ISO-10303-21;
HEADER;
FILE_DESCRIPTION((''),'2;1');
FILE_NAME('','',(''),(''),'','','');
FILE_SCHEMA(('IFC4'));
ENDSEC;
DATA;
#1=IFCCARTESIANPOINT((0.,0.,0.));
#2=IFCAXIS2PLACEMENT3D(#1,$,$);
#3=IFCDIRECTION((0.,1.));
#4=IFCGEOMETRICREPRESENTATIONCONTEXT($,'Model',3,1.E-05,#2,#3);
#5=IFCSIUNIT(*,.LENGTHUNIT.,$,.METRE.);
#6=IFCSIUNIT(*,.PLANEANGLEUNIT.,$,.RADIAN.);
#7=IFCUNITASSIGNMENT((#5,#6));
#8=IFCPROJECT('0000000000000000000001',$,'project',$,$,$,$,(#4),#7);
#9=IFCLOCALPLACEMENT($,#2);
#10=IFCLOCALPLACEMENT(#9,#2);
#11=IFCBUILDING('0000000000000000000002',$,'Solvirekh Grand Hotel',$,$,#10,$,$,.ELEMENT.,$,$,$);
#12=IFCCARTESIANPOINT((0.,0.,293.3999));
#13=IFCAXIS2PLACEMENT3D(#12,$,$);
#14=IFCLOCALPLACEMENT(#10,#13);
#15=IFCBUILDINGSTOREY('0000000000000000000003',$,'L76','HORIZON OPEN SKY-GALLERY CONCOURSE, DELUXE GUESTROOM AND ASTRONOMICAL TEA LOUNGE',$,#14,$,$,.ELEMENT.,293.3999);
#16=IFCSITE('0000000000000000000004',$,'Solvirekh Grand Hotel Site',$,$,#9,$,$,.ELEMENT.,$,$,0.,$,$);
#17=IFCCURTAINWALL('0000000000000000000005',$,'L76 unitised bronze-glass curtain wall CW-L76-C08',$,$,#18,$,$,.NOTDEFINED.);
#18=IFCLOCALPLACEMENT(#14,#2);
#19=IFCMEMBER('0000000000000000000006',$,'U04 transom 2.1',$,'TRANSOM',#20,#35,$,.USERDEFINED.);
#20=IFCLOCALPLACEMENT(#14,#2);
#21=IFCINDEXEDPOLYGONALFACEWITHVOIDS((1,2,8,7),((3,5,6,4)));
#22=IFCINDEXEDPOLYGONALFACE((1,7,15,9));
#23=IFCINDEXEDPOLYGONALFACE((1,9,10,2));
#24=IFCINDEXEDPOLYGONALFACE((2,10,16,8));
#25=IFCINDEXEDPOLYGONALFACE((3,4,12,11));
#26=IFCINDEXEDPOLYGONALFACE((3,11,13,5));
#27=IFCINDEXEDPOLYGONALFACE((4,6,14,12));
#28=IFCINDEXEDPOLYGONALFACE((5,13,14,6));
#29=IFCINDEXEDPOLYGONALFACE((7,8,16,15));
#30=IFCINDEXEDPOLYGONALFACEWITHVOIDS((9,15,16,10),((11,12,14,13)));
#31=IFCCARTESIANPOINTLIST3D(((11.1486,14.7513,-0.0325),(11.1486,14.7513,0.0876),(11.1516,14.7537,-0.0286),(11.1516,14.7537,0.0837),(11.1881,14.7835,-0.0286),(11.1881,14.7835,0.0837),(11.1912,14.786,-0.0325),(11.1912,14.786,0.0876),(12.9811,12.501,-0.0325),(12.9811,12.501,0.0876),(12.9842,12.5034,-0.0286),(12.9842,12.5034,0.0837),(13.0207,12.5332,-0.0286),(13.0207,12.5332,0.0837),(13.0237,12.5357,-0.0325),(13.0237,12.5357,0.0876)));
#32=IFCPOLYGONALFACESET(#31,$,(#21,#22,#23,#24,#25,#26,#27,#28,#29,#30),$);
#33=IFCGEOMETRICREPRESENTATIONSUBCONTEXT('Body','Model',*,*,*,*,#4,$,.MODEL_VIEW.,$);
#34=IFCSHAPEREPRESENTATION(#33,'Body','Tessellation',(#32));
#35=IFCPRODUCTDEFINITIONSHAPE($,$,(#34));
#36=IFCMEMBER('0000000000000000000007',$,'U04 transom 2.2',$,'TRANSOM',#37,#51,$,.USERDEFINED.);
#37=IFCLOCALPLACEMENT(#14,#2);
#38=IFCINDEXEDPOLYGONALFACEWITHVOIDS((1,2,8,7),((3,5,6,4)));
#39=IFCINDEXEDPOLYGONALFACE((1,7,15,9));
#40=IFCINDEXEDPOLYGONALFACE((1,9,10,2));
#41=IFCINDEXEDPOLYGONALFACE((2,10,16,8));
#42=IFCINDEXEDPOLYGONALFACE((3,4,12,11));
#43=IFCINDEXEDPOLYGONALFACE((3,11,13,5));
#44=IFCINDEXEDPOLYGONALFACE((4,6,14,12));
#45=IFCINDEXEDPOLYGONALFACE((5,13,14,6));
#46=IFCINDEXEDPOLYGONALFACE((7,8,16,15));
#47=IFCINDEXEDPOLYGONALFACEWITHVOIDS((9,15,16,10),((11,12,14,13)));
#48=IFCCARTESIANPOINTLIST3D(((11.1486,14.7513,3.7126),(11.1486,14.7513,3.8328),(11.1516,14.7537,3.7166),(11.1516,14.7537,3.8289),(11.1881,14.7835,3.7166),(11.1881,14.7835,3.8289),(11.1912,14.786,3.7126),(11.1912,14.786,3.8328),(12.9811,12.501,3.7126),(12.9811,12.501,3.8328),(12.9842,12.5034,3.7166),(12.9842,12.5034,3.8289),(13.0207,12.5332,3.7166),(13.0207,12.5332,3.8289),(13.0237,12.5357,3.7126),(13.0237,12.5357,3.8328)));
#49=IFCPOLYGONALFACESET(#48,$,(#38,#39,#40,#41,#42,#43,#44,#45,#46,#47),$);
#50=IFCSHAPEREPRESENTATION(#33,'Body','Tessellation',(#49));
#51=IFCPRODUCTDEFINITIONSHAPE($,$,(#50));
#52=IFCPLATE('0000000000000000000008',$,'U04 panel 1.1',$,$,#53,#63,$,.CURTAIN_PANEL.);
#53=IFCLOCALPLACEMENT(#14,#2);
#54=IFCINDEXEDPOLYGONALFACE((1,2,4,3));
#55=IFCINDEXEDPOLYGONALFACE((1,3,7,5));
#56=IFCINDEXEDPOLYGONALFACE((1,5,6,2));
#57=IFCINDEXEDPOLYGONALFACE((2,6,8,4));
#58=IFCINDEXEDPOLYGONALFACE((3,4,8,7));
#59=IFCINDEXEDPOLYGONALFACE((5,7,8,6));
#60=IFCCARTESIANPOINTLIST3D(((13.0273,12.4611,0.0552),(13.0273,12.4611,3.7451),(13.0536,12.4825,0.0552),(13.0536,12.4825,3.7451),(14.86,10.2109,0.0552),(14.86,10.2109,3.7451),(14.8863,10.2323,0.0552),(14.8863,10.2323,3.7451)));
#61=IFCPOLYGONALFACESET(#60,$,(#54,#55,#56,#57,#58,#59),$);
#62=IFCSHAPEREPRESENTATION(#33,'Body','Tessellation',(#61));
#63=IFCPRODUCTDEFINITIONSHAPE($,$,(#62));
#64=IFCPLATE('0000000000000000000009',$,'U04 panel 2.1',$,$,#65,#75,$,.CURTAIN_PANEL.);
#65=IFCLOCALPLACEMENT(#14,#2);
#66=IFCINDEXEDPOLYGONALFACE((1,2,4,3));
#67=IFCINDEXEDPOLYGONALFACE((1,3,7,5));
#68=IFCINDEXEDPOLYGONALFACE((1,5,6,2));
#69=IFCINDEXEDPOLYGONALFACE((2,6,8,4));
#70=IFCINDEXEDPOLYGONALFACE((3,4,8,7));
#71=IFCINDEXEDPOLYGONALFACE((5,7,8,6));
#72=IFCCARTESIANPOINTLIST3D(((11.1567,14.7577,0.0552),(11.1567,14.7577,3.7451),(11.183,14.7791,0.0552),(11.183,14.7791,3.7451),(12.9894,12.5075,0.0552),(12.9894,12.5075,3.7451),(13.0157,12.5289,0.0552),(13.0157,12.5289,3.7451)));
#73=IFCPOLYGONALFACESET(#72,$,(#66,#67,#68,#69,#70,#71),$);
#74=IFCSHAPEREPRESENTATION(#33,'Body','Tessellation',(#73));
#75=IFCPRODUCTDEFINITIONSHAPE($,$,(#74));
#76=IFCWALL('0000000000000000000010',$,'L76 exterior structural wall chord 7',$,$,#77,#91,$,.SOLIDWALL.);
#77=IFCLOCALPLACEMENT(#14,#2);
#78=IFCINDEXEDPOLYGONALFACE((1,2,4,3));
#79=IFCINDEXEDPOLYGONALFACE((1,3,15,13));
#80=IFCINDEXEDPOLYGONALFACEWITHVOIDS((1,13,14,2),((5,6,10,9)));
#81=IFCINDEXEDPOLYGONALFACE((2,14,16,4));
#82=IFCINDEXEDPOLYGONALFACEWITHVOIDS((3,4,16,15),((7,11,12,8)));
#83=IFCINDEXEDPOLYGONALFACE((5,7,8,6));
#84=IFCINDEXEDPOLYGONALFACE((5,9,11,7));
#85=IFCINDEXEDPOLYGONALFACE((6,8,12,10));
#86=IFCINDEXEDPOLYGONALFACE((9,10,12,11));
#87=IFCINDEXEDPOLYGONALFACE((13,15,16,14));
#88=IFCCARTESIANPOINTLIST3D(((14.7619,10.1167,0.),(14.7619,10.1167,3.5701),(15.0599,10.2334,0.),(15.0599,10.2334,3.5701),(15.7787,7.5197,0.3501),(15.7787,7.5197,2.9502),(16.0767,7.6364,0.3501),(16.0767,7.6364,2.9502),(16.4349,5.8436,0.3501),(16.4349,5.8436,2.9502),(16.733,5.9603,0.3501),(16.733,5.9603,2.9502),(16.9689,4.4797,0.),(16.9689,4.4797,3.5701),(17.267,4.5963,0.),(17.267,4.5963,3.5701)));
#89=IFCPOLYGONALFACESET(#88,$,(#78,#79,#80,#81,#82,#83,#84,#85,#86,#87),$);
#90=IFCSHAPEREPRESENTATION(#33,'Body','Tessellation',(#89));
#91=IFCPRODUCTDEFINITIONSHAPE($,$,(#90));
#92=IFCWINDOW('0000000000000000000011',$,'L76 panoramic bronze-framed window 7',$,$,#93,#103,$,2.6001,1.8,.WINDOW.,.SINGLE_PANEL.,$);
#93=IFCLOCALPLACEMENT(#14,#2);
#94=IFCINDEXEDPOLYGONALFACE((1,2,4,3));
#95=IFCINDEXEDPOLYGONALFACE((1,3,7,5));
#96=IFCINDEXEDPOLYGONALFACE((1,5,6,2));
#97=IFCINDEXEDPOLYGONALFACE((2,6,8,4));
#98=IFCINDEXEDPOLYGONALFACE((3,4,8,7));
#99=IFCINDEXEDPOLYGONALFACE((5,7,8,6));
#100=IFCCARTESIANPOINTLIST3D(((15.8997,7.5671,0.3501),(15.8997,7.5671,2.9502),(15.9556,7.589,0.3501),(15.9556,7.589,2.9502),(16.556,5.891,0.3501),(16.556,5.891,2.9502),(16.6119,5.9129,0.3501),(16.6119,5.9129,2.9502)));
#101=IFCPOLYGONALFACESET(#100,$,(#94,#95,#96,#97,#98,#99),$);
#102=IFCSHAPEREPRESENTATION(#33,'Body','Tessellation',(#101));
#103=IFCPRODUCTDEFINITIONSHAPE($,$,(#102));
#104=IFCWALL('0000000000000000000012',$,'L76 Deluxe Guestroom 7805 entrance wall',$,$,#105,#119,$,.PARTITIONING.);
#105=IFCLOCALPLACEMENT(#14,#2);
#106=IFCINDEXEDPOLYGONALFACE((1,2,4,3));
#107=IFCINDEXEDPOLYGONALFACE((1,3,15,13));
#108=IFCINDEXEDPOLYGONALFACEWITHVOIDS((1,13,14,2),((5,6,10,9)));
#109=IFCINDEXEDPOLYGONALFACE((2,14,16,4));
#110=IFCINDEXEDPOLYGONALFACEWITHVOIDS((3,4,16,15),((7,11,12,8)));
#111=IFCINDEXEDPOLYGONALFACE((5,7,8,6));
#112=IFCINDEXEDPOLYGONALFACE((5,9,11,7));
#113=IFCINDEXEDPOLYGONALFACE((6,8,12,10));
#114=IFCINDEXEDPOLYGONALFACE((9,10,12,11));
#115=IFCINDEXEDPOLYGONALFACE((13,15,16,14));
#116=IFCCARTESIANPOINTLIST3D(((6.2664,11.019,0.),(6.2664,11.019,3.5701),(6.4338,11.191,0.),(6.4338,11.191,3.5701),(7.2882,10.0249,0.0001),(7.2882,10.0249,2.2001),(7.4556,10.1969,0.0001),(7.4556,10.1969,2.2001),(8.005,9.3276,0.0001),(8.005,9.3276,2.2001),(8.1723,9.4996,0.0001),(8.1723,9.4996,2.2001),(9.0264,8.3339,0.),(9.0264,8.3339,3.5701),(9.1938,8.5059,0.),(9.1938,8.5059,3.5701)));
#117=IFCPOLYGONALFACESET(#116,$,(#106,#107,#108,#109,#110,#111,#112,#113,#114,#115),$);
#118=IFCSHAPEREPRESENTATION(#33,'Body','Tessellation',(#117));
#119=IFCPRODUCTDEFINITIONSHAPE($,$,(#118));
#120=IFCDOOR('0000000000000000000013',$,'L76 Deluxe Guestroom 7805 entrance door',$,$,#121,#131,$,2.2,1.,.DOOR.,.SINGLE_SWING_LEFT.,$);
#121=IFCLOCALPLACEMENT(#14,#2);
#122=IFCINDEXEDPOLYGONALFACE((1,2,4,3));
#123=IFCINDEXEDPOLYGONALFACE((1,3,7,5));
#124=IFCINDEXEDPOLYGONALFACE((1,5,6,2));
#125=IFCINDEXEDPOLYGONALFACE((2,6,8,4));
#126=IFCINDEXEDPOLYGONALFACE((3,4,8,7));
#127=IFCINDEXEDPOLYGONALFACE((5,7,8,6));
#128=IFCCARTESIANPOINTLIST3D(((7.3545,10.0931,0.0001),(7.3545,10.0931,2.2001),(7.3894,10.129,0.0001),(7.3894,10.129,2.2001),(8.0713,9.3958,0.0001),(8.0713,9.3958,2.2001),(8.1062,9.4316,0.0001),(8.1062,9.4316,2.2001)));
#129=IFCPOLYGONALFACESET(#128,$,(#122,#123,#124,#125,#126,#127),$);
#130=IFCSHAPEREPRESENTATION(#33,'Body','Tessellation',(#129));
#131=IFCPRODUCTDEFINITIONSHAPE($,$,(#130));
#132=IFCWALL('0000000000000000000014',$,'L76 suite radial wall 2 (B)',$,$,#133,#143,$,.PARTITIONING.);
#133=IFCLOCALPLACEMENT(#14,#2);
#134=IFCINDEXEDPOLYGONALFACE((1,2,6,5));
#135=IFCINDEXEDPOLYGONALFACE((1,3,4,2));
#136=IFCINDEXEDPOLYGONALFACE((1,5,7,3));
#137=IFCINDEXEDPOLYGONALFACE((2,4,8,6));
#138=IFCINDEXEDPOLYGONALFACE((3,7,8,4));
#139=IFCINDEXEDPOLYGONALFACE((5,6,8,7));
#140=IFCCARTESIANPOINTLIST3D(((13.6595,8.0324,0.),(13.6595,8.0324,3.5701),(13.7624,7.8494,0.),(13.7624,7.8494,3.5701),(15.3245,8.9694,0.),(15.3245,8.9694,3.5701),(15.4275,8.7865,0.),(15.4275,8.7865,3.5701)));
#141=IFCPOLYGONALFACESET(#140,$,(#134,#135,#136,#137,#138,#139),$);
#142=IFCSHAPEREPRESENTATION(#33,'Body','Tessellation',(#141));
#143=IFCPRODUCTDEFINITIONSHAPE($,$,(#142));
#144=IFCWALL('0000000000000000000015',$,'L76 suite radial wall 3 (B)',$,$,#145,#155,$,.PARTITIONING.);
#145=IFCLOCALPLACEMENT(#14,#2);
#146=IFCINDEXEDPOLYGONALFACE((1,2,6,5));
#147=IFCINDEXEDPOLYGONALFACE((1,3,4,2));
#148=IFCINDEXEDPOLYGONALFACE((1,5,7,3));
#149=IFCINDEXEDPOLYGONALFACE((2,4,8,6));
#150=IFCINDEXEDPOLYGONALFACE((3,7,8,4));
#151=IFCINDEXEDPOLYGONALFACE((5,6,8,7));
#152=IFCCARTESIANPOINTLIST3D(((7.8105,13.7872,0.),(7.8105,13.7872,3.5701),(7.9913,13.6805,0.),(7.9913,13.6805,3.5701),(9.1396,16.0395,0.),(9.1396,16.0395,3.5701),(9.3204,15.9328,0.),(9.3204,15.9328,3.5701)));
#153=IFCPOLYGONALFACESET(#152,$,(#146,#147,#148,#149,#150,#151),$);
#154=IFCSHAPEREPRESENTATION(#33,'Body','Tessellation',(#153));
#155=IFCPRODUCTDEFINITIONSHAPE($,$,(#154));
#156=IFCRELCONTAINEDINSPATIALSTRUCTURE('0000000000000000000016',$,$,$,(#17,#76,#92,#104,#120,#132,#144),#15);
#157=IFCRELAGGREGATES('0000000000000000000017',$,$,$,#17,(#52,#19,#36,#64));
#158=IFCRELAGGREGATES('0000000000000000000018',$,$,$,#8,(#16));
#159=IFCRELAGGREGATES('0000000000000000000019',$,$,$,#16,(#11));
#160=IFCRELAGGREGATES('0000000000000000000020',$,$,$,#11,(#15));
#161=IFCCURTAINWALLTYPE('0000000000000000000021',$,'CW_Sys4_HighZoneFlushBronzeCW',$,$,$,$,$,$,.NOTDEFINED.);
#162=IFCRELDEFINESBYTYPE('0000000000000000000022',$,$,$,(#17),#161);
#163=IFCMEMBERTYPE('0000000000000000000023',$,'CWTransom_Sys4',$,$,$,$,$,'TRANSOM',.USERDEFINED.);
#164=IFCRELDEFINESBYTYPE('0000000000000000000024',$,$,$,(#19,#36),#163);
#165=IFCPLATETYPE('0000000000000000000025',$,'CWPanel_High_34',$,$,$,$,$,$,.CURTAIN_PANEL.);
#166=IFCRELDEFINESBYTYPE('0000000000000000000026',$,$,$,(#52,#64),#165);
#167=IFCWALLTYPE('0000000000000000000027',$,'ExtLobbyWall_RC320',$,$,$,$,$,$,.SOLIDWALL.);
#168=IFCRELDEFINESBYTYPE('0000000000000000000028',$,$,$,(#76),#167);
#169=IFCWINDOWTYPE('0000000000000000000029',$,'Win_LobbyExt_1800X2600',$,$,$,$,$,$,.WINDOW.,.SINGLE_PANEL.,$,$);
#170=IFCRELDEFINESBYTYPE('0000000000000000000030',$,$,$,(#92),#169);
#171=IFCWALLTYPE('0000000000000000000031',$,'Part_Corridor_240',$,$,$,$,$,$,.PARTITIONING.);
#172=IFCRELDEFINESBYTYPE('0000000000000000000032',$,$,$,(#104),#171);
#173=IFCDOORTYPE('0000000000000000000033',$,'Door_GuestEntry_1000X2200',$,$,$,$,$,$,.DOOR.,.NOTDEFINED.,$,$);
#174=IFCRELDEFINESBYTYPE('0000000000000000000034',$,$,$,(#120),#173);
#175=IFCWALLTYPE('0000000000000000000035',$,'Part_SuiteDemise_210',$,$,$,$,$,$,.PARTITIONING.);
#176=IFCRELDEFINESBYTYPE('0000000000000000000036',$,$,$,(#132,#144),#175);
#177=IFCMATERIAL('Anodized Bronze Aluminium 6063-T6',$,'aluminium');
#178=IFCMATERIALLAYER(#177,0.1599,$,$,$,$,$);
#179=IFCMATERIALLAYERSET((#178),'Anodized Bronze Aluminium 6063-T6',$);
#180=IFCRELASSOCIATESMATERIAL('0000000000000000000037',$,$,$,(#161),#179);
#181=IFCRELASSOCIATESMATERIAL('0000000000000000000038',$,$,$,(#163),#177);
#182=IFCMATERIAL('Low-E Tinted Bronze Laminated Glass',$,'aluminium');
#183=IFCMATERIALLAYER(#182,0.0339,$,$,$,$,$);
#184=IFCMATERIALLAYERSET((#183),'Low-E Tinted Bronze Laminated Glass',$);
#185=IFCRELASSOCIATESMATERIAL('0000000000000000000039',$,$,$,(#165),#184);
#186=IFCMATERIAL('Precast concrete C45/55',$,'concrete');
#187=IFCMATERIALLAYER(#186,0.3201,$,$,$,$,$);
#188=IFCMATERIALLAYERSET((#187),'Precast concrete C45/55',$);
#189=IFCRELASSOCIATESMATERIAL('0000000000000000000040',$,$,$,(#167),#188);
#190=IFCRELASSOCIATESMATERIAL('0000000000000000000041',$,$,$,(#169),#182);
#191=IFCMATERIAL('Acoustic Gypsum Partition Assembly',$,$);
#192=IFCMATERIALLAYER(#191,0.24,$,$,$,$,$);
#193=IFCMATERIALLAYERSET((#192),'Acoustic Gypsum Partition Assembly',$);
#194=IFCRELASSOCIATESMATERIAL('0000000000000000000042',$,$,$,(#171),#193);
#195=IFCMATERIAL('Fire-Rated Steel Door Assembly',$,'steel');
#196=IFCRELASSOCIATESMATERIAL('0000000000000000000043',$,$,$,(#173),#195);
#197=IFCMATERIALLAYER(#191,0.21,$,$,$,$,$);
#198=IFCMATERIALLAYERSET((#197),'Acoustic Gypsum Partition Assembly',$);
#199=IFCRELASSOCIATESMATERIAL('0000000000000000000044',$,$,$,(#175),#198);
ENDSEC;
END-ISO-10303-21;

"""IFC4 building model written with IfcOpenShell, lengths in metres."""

from ifc_helpers import new_model, si_unit, direction, frame, frame_2d, origin, origin_2d, place, context, subcontext, project, spatial, rectangle, hollow_rectangle, extrude, source, transform, mapped, material, layer, layer_set, material_profile, profile_set, type_object, element, fill, aggregate, save


model = new_model("IFC4")

# Units and contexts
model_context = context("Model", 3, precision=1e-05, world=origin(), true_north=direction((0.0, 1.0)))
body_context = subcontext(model_context, "Body", "Model", "MODEL_VIEW")
ifc_project = project(units=[si_unit("LENGTHUNIT", "METRE"), si_unit("PLANEANGLEUNIT", "RADIAN")], contexts=[model_context])

# Site, building, storey
site_placement = place(None, origin())
site = spatial("IfcSite", under=ifc_project, at=site_placement, Name="Solvirekh Grand Hotel Site", CompositionType="ELEMENT", RefElevation=0.0)
building_placement = place(site_placement, origin())
building = spatial("IfcBuilding", under=site, at=building_placement, Name="Solvirekh Grand Hotel", CompositionType="ELEMENT")
storey_placement = place(building_placement, frame((0.0, 0.0, 293.3999)))
storey = spatial("IfcBuildingStorey", under=building, at=storey_placement, Name="L76", Description="HORIZON OPEN SKY-GALLERY CONCOURSE, DELUXE GUESTROOM AND ASTRONOMICAL TEA LOUNGE", CompositionType="ELEMENT", Elevation=293.3999)

# Curtain wall, members, plates
ifc_material_1 = material(Name="Anodized Bronze Aluminium 6063-T6", Category="aluminium")
ifc_layer_1 = layer(ifc_material_1, 0.1599)
ifc_layer_set_1 = layer_set([ifc_layer_1], Name="Anodized Bronze Aluminium 6063-T6")
curtain_wall_type = type_object("IfcCurtainWallType", Name="CW_Sys4_HighZoneFlushBronzeCW", PredefinedType="NOTDEFINED", material=ifc_layer_set_1)
curtain_wall_placement = place(storey_placement, origin())
curtain_wall = element("IfcCurtainWall", 1, at=curtain_wall_placement, inside=storey, type_object=curtain_wall_type, Name="L76 unitised bronze-glass curtain wall CW-L76-C08", PredefinedType="NOTDEFINED")
ifc_material_profile_1 = material_profile(ifc_material_1, hollow_rectangle(XDim=0.0549, YDim=0.1201, WallThickness=0.0039, at=origin_2d()), Name="ALU RHS 120X55X4")
ifc_profile_set_1 = profile_set([ifc_material_profile_1], Name="Anodized Bronze Aluminium 6063-T6")
member_type_1 = type_object("IfcMemberType", Name="CWTransom_Sys4", ElementType="TRANSOM", PredefinedType="USERDEFINED", material=ifc_profile_set_1)
shared_shape_1 = source(origin(), body_context, "Body", "SweptSolid", [
    extrude(hollow_rectangle(XDim=0.0549, YDim=0.1201, WallThickness=0.0039, at=origin_2d()), origin(), (0.0, 0.0, 1.0), 2.9021),
])
member_1_placement = place(storey_placement, frame((13.0024, 12.5183, 0.0276), z_axis=(-0.631463, 0.775406, 0.0), x_axis=(-0.775406, -0.631463, 0.0)))
member_1 = element("IfcMember", 2, at=member_1_placement, type_object=member_type_1, Name="U04 transom 2.1", ObjectType="TRANSOM", PredefinedType="USERDEFINED", context=body_context, shape_type="MappedRepresentation", body=[
    mapped(shared_shape_1, transform((0.0, 0.0, 0.0), x_axis=(1.0, 0.0, 0.0), y_axis=(0.0, 1.0, 0.0), z_axis=(0.0, 0.0, 1.0), scale=1.0)),
])
member_2_placement = place(storey_placement, frame((13.0024, 12.5183, 3.7727), z_axis=(-0.631463, 0.775406, 0.0), x_axis=(-0.775406, -0.631463, 0.0)))
member_2 = element("IfcMember", 3, at=member_2_placement, type_object=member_type_1, Name="U04 transom 2.2", ObjectType="TRANSOM", PredefinedType="USERDEFINED", context=body_context, shape_type="MappedRepresentation", body=[
    mapped(shared_shape_1, transform((0.0, 0.0, 0.0), x_axis=(1.0, 0.0, 0.0), y_axis=(0.0, 1.0, 0.0), z_axis=(0.0, 0.0, 1.0), scale=1.0)),
])
ifc_material_2 = material(Name="Low-E Tinted Bronze Laminated Glass", Category="aluminium")
ifc_layer_2 = layer(ifc_material_2, 0.0339)
ifc_layer_set_2 = layer_set([ifc_layer_2], Name="Low-E Tinted Bronze Laminated Glass")
plate_type = type_object("IfcPlateType", Name="CWPanel_High_34", PredefinedType="CURTAIN_PANEL", material=ifc_layer_set_2)
shared_shape_2 = source(origin(), body_context, "Body", "SweptSolid", [
    extrude(rectangle(XDim=2.9021, YDim=0.0339, at=origin_2d()), origin(), (0.0, 0.0, 1.0), 3.6899),
])
plate_1_placement = place(storey_placement, frame((13.9568, 11.3467, 0.0552), z_axis=(0.0, 0.0, 1.0), x_axis=(-0.631498, 0.775377, 0.0)))
plate_1 = element("IfcPlate", 4, at=plate_1_placement, type_object=plate_type, Name="U04 panel 1.1", PredefinedType="CURTAIN_PANEL", context=body_context, shape_type="MappedRepresentation", body=[
    mapped(shared_shape_2, transform((0.0, 0.0, 0.0), x_axis=(1.0, 0.0, 0.0), y_axis=(0.0, 1.0, 0.0), z_axis=(0.0, 0.0, 1.0), scale=1.0)),
])
plate_2_placement = place(storey_placement, frame((12.0862, 13.6433, 0.0552), z_axis=(0.0, 0.0, 1.0), x_axis=(-0.631498, 0.775377, 0.0)))
plate_2 = element("IfcPlate", 5, at=plate_2_placement, type_object=plate_type, Name="U04 panel 2.1", PredefinedType="CURTAIN_PANEL", context=body_context, shape_type="MappedRepresentation", body=[
    mapped(shared_shape_2, transform((0.0, 0.0, 0.0), x_axis=(1.0, 0.0, 0.0), y_axis=(0.0, 1.0, 0.0), z_axis=(0.0, 0.0, 1.0), scale=1.0)),
])
aggregate(curtain_wall, [plate_1, member_1, member_2, plate_2])

# Wall, opening, window
ifc_material_3 = material(Name="Precast concrete C45/55", Category="concrete")
ifc_layer_3 = layer(ifc_material_3, 0.3201)
ifc_layer_set_3 = layer_set([ifc_layer_3], Name="Precast concrete C45/55")
wall_type_1 = type_object("IfcWallType", Name="ExtLobbyWall_RC320", PredefinedType="SOLIDWALL", material=ifc_layer_set_3)
wall_1_placement = place(storey_placement, frame((14.9109, 10.175, 0.0), z_axis=(0.0, 0.0, 1.0), x_axis=(0.36458, -0.931172, 0.0)))
wall_1 = element("IfcWall", 6, at=wall_1_placement, inside=storey, type_object=wall_type_1, Name="L76 exterior structural wall chord 7", PredefinedType="SOLIDWALL", context=body_context, shape_type="SweptSolid", body=[
    extrude(rectangle(XDim=6.0537, YDim=0.3201, at=frame_2d((3.0269, 0.0))), origin(), (0.0, 0.0, 1.0), 3.5701),
])
opening_1_placement = place(wall_1_placement, frame((2.7891, 0.0, 0.3501)))
opening_1 = element("IfcOpeningElement", 7, at=opening_1_placement, cuts=wall_1, PredefinedType="OPENING", context=body_context, shape_type="SweptSolid", body=[
    extrude(rectangle(XDim=1.8, YDim=2.6001, at=frame_2d((0.8999, 1.3))), frame((0.0, 0.1699, 0.0), z_axis=(0.0, -1.0, 0.0), x_axis=(1.0, 0.0, 0.0)), (0.0, 0.0, 1.0), 0.3401),
])
window_type = type_object("IfcWindowType", Name="Win_LobbyExt_1800X2600", PartitioningType="SINGLE_PANEL", PredefinedType="WINDOW", material=ifc_material_2)
window_placement = place(opening_1_placement, origin())
window = element("IfcWindow", 8, at=window_placement, inside=storey, type_object=window_type, Name="L76 panoramic bronze-framed window 7", OverallHeight=2.6001, OverallWidth=1.8, PartitioningType="SINGLE_PANEL", PredefinedType="WINDOW", context=body_context, shape_type="SweptSolid", body=[
    extrude(rectangle(XDim=1.8, YDim=2.6001, at=frame_2d((0.8999, 1.3))), frame((0.0, 0.03, 0.0), z_axis=(0.0, -1.0, 0.0), x_axis=(1.0, 0.0, 0.0)), (0.0, 0.0, 1.0), 0.0601),
])
fill(opening_1, window)

# Wall, opening, door
ifc_material_4 = material(Name="Acoustic Gypsum Partition Assembly")
ifc_layer_4 = layer(ifc_material_4, 0.24)
ifc_layer_set_4 = layer_set([ifc_layer_4], Name="Acoustic Gypsum Partition Assembly")
wall_type_2 = type_object("IfcWallType", Name="Part_Corridor_240", PredefinedType="PARTITIONING", material=ifc_layer_set_4)
wall_2_placement = place(storey_placement, frame((9.1101, 8.4199, 0.0), z_axis=(0.0, 0.0, 1.0), x_axis=(-0.716772, 0.697307, 0.0)))
wall_2 = element("IfcWall", 9, at=wall_2_placement, inside=storey, type_object=wall_type_2, Name="L76 Deluxe Guestroom 7805 entrance wall", PredefinedType="PARTITIONING", context=body_context, shape_type="SweptSolid", body=[
    extrude(rectangle(XDim=3.8506, YDim=0.24, at=frame_2d((1.9253, 0.0))), origin(), (0.0, 0.0, 1.0), 3.5701),
])
opening_2_placement = place(wall_2_placement, frame((1.425, 0.0, 0.0)))
opening_2 = element("IfcOpeningElement", 10, at=opening_2_placement, cuts=wall_2, PredefinedType="OPENING", context=body_context, shape_type="SweptSolid", body=[
    extrude(rectangle(XDim=1.0, YDim=2.2, at=frame_2d((0.5, 1.1001))), frame((0.0, 0.1299, 0.0), z_axis=(0.0, -1.0, 0.0), x_axis=(1.0, 0.0, 0.0)), (0.0, 0.0, 1.0), 0.26),
])
ifc_material_5 = material(Name="Fire-Rated Steel Door Assembly", Category="steel")
door_type_1 = type_object("IfcDoorType", Name="Door_GuestEntry_1000X2200", OperationType="NOTDEFINED", PredefinedType="DOOR", material=ifc_material_5)
door_1_placement = place(opening_2_placement, origin())
door_1 = element("IfcDoor", 11, at=door_1_placement, inside=storey, type_object=door_type_1, Name="L76 Deluxe Guestroom 7805 entrance door", OperationType="SINGLE_SWING_LEFT", OverallHeight=2.2, OverallWidth=1.0, PredefinedType="DOOR", context=body_context, shape_type="SweptSolid", body=[
    extrude(rectangle(XDim=1.0, YDim=2.2, at=frame_2d((0.5, 1.1001))), frame((0.0, 0.0249, 0.0), z_axis=(0.0, -1.0, 0.0), x_axis=(1.0, 0.0, 0.0)), (0.0, 0.0, 1.0), 0.05),
])
fill(opening_2, door_1)

# Walls
ifc_layer_5 = layer(ifc_material_4, 0.21)
ifc_layer_set_5 = layer_set([ifc_layer_5], Name="Acoustic Gypsum Partition Assembly")
wall_type_3 = type_object("IfcWallType", Name="Part_SuiteDemise_210", PredefinedType="PARTITIONING", material=ifc_layer_set_5)
wall_3_placement = place(storey_placement, frame((13.7109, 7.9409, 0.0), z_axis=(0.0, 0.0, 1.0), x_axis=(0.87148, 0.490431, 0.0)))
element("IfcWall", 12, at=wall_3_placement, inside=storey, type_object=wall_type_3, Name="L76 suite radial wall 2 (B)", PredefinedType="PARTITIONING", context=body_context, shape_type="SweptSolid", body=[
    extrude(rectangle(XDim=1.9106, YDim=0.21, at=frame_2d((0.9553, 0.0))), origin(), (0.0, 0.0, 1.0), 3.5701),
])
wall_4_placement = place(storey_placement, frame((7.9009, 13.7339, 0.0), z_axis=(0.0, 0.0, 1.0), x_axis=(0.508235, 0.861218, 0.0)))
element("IfcWall", 13, at=wall_4_placement, inside=storey, type_object=wall_type_3, Name="L76 suite radial wall 3 (B)", PredefinedType="PARTITIONING", context=body_context, shape_type="SweptSolid", body=[
    extrude(rectangle(XDim=2.6152, YDim=0.21, at=frame_2d((1.3076, 0.0))), origin(), (0.0, 0.0, 1.0), 3.5701),
])

save(model, "model.ifc")
